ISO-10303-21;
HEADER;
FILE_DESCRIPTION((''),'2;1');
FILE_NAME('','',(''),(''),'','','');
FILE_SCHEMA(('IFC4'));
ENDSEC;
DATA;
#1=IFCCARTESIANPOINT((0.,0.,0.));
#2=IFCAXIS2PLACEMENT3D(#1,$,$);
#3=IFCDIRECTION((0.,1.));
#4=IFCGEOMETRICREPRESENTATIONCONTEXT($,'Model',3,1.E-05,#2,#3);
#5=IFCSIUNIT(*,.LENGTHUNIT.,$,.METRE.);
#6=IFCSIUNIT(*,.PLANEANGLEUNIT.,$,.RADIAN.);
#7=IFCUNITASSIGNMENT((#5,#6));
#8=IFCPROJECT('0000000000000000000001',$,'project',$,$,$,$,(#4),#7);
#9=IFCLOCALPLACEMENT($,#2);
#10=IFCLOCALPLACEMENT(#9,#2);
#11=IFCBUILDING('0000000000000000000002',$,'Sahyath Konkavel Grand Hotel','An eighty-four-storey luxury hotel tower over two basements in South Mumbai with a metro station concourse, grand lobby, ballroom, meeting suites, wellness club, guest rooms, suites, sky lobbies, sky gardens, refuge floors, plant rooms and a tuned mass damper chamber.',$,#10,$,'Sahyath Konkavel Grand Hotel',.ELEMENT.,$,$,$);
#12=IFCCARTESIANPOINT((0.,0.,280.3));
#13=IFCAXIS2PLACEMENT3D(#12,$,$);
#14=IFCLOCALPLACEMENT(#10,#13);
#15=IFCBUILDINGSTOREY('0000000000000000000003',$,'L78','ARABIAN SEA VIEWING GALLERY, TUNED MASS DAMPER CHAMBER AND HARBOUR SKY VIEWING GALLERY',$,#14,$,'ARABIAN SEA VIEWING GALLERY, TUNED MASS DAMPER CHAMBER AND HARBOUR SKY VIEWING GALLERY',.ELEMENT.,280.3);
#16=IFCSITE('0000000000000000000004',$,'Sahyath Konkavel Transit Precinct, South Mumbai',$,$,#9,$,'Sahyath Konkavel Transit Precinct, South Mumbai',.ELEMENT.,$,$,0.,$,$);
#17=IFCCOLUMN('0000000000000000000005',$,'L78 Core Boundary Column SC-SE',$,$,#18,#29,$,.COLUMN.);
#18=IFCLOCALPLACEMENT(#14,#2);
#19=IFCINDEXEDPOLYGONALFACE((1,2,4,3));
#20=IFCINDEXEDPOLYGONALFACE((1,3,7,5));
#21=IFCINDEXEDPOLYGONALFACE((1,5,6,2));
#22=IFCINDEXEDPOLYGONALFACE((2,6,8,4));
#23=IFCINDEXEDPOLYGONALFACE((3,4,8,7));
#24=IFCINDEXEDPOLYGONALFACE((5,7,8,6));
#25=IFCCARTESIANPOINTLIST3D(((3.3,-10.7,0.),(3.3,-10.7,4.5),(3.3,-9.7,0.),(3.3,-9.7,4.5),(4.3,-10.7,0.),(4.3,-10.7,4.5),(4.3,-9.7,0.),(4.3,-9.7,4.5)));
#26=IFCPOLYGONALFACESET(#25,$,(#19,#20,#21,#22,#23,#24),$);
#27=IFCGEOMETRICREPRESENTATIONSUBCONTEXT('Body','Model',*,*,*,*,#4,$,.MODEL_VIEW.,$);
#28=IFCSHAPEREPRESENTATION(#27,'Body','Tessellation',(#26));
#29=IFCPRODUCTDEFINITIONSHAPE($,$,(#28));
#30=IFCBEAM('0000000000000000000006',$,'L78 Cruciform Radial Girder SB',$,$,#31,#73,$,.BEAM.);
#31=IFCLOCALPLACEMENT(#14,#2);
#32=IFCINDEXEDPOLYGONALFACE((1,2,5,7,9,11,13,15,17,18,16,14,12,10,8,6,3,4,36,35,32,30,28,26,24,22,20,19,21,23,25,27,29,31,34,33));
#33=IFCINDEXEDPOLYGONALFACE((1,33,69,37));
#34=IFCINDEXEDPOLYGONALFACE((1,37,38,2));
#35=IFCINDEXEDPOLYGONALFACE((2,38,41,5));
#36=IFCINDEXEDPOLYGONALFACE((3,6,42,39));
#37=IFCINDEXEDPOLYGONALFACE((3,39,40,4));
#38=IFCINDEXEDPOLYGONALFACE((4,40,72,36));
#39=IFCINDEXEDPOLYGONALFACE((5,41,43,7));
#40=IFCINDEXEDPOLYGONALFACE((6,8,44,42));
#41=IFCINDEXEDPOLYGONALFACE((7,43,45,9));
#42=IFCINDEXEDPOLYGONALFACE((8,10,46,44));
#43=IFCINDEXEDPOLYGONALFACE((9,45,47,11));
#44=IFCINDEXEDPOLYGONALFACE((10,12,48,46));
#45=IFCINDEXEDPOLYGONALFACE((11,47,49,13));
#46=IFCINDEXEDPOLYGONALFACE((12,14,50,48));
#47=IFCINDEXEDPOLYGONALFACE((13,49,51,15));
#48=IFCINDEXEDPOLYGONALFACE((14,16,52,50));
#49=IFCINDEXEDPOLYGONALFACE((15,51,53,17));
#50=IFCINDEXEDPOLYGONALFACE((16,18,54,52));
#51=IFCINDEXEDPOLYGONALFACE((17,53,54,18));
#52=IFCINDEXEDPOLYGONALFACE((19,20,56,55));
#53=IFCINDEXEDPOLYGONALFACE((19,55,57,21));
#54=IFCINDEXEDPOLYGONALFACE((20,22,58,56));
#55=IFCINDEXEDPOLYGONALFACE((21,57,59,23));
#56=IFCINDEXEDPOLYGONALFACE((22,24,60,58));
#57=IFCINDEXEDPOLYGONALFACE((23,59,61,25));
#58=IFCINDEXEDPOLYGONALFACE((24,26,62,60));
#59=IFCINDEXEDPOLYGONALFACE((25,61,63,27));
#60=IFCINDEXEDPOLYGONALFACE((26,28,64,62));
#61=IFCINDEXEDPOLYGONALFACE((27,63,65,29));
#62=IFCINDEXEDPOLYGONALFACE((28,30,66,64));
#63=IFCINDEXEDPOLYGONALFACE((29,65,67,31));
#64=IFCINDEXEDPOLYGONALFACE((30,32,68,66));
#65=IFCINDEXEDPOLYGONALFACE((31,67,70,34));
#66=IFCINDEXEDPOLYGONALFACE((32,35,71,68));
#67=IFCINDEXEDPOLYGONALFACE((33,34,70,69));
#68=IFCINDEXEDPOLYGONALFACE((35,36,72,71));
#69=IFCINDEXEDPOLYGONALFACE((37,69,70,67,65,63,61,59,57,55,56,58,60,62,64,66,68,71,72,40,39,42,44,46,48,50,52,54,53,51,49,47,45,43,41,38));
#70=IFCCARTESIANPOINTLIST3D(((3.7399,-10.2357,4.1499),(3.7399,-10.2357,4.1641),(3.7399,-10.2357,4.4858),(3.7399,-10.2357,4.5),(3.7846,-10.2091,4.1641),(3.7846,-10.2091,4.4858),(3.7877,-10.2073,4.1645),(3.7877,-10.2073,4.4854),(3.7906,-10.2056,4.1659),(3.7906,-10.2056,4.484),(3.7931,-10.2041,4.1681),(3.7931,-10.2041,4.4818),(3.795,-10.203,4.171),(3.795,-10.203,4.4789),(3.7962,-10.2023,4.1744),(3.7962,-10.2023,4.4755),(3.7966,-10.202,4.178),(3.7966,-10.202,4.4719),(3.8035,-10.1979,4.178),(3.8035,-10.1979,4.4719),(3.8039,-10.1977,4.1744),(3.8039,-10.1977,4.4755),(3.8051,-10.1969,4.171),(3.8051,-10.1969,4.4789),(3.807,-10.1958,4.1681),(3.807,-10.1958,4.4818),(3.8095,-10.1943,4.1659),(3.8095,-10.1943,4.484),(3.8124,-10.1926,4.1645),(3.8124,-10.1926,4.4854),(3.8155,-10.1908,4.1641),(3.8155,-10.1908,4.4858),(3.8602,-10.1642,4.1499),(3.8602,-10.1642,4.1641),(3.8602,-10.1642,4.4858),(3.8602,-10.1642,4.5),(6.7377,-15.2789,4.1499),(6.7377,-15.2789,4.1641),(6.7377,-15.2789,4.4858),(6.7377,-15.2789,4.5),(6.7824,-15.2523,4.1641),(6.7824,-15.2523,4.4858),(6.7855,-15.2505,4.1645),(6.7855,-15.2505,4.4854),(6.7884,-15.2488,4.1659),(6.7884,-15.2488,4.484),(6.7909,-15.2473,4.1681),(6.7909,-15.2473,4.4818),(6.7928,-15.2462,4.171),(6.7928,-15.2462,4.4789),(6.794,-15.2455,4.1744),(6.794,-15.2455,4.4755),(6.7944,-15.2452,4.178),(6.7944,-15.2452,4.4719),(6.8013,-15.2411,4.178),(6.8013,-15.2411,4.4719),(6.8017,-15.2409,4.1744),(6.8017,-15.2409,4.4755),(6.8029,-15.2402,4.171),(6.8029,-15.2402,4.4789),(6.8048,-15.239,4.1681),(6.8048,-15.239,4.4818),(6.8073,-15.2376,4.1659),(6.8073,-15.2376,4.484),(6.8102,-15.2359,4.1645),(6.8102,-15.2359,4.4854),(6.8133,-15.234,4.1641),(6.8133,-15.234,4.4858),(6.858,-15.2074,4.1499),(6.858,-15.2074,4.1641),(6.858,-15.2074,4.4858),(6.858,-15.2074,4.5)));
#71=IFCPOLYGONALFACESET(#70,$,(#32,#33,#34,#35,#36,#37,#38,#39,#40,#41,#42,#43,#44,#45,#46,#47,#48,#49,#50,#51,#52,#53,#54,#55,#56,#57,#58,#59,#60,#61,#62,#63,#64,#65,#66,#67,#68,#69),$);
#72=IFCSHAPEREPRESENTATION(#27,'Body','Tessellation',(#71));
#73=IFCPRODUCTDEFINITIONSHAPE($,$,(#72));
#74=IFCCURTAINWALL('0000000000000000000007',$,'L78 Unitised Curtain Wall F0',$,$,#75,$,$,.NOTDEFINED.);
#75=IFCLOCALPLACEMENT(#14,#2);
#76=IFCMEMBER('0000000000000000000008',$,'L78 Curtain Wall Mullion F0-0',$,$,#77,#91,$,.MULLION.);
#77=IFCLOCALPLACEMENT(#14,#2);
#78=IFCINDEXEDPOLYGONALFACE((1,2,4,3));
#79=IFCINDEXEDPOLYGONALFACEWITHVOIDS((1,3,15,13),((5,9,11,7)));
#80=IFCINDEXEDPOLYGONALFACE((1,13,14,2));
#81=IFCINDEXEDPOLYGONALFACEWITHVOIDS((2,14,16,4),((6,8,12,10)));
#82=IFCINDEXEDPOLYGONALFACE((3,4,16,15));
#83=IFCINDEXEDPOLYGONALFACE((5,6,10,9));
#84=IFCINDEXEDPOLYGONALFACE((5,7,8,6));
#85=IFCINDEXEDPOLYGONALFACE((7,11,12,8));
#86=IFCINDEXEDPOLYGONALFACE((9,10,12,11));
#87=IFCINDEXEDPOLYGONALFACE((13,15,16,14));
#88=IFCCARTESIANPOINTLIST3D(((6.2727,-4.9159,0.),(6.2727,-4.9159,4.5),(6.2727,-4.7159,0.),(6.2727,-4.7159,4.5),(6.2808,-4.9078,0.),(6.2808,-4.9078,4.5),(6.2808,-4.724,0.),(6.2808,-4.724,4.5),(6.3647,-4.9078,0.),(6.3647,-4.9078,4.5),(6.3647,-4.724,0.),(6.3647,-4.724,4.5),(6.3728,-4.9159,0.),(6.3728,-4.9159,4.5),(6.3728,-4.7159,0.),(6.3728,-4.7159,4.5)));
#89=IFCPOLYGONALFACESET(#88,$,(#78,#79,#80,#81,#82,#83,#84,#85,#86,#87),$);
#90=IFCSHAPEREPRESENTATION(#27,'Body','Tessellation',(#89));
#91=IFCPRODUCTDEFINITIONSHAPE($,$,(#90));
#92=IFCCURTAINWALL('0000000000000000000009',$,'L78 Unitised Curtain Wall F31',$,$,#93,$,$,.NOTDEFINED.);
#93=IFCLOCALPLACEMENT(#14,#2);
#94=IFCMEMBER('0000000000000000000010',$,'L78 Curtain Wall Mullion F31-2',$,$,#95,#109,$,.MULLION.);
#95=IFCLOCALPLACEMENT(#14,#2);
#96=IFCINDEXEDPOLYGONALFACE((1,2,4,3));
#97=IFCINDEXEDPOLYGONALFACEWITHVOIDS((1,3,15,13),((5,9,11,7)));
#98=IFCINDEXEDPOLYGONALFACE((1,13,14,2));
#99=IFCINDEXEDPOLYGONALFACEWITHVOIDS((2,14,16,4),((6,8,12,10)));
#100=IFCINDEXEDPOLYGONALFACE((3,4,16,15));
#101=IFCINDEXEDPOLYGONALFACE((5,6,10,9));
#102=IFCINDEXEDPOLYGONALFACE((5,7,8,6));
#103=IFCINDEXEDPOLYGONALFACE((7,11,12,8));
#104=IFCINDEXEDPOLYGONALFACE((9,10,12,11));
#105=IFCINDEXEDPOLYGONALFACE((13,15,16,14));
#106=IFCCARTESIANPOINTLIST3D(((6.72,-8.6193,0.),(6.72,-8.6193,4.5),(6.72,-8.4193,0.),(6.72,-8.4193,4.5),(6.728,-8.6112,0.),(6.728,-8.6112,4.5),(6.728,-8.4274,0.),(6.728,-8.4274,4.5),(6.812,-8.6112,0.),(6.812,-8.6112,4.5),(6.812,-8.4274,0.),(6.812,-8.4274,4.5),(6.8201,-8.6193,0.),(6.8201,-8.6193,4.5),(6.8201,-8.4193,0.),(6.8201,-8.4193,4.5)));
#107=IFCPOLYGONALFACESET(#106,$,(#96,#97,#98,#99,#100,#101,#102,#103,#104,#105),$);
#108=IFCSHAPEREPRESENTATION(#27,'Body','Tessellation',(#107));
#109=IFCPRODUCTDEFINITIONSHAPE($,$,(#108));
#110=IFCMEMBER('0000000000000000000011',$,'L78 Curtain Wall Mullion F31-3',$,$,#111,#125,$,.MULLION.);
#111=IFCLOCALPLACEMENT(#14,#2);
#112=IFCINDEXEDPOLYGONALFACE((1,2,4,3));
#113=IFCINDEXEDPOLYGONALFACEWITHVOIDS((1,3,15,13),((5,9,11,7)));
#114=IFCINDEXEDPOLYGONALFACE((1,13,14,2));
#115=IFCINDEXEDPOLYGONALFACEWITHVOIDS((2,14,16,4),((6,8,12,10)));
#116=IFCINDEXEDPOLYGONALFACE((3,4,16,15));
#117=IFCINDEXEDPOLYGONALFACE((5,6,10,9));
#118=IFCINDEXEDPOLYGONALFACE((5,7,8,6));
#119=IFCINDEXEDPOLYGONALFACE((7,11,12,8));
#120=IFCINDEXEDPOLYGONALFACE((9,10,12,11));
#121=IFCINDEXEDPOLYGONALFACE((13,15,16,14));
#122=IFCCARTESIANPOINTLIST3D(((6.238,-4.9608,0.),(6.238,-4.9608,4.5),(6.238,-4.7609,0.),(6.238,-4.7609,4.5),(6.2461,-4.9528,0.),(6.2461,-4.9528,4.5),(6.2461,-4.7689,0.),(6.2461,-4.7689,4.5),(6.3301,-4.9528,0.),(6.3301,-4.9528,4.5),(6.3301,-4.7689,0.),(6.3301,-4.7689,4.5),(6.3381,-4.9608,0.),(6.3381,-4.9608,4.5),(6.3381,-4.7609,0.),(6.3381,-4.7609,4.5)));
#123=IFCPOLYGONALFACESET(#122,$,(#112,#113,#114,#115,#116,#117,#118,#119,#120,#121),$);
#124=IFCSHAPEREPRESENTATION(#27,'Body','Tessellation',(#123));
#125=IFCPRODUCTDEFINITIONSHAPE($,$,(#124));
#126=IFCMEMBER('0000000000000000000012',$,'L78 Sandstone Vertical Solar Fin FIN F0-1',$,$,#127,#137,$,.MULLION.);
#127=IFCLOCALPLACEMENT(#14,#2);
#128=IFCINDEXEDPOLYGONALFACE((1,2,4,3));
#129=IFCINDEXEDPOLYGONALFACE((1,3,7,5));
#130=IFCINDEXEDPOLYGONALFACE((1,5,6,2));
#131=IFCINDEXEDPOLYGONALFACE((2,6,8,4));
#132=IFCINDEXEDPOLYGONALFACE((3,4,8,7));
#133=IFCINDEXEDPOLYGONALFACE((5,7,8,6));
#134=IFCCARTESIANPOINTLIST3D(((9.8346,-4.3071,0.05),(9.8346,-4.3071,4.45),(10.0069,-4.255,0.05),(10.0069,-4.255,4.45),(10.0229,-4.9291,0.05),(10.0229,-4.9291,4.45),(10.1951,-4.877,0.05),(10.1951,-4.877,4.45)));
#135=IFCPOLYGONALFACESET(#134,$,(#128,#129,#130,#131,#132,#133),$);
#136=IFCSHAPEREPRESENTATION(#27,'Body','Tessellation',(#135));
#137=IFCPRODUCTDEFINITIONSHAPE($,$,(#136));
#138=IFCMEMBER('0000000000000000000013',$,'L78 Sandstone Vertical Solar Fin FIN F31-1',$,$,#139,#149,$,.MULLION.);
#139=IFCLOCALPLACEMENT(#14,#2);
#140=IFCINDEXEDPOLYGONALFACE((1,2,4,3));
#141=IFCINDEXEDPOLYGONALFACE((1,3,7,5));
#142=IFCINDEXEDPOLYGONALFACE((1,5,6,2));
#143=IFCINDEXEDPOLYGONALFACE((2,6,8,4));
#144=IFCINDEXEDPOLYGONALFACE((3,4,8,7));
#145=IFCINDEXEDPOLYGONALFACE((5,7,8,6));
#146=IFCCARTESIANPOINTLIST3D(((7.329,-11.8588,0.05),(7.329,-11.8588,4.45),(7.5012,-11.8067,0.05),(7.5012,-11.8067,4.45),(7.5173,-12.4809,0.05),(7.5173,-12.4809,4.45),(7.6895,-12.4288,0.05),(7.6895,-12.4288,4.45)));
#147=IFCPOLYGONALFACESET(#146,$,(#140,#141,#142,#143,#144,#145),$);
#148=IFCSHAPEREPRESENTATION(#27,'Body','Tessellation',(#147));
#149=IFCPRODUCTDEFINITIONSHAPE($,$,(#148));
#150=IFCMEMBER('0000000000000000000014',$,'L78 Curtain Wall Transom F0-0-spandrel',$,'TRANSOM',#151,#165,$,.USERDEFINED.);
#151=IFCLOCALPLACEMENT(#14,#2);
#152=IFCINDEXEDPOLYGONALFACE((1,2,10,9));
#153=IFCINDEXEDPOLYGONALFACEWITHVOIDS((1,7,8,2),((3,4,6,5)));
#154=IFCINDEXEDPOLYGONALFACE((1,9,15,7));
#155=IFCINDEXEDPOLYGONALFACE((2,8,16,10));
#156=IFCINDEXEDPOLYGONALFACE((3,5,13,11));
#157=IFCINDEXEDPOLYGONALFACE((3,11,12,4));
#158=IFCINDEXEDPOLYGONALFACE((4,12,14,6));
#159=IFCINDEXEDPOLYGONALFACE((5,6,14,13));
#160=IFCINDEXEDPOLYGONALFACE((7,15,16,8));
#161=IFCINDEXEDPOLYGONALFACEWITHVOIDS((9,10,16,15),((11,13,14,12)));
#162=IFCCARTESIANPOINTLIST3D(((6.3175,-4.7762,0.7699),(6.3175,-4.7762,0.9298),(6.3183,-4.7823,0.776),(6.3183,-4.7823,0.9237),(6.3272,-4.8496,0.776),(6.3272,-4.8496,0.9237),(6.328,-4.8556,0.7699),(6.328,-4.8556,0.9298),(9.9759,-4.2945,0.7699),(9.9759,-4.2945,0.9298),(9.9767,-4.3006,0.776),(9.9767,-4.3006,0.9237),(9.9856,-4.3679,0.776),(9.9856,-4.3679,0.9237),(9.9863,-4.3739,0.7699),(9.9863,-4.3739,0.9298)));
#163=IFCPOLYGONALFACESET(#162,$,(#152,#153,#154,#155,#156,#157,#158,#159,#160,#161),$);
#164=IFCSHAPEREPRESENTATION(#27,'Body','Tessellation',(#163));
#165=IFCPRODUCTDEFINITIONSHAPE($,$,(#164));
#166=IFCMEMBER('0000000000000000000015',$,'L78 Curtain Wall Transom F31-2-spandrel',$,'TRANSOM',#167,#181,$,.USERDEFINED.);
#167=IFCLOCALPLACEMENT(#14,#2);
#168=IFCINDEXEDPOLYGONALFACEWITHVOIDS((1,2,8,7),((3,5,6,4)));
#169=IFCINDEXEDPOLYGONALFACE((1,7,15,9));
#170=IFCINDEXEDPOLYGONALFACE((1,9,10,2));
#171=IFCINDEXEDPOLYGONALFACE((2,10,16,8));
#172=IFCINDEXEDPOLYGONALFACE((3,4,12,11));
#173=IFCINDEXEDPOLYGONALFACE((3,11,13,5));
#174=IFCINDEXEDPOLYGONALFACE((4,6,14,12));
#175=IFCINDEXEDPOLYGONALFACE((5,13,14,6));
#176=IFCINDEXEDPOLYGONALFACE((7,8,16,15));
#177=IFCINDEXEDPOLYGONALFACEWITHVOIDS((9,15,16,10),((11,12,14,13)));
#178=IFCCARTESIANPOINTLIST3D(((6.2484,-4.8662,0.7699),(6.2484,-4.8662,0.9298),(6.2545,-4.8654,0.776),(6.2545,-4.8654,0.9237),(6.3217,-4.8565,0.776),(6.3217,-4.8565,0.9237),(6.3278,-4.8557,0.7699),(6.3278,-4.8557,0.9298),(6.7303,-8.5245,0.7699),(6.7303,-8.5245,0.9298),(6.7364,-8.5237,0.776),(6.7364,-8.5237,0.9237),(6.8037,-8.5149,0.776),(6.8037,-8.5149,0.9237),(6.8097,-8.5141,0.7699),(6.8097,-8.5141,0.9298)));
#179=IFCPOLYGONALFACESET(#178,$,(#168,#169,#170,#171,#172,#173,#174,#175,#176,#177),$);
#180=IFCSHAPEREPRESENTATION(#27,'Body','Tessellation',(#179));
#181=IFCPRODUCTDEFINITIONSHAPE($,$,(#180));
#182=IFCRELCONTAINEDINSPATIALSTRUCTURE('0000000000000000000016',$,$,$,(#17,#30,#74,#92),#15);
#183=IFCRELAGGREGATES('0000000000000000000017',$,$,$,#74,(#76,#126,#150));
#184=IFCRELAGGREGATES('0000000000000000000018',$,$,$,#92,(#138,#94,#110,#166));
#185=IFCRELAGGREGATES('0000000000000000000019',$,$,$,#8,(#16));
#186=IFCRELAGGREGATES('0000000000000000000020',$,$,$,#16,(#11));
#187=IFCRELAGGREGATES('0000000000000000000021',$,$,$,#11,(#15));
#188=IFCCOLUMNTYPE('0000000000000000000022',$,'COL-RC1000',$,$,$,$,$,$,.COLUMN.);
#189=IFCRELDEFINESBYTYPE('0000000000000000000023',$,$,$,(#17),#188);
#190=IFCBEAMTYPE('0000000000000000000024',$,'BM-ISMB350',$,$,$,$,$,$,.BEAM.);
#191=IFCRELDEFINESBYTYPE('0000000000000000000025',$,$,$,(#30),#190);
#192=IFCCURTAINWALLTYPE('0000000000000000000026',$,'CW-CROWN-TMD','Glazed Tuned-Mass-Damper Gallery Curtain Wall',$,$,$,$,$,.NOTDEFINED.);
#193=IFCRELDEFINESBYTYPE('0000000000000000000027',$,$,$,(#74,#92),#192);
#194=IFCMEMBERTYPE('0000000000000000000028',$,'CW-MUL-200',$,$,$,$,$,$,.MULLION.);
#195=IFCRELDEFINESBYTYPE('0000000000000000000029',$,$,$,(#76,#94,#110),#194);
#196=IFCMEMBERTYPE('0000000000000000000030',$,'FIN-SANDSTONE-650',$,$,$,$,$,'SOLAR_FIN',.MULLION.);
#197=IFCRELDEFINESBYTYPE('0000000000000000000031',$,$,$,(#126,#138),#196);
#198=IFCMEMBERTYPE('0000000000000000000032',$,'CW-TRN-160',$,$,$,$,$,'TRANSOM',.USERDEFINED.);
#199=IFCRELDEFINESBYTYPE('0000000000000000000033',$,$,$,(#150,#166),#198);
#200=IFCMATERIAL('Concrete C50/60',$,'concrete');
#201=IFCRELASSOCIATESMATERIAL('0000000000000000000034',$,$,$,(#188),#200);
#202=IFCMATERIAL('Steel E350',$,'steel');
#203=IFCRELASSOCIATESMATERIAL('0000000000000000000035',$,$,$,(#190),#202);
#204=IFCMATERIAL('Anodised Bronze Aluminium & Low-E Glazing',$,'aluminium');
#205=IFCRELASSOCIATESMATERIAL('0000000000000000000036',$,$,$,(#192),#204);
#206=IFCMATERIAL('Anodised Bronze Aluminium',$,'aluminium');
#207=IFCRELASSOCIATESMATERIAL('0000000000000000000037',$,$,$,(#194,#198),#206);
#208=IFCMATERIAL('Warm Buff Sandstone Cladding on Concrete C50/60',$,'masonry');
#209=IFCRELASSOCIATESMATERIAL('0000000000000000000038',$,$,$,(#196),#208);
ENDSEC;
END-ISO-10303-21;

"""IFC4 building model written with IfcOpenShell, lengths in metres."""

from ifc_helpers import new_model, si_unit, direction, frame, origin, origin_2d, place, context, subcontext, project, spatial, rectangle, hollow_rectangle, i_section, extrude, source, transform, mapped, material, material_profile, profile_set, type_object, element, aggregate, save


model = new_model("IFC4")

# Units and contexts
model_context = context("Model", 3, precision=1e-05, world=origin(), true_north=direction((0.0, 1.0)))
body_context = subcontext(model_context, "Body", "Model", "MODEL_VIEW")
ifc_project = project(units=[si_unit("LENGTHUNIT", "METRE"), si_unit("PLANEANGLEUNIT", "RADIAN")], contexts=[model_context])

# Site, building, storey
site_placement = place(None, origin())
site = spatial("IfcSite", under=ifc_project, at=site_placement, Name="Sahyath Konkavel Transit Precinct, South Mumbai", LongName="Sahyath Konkavel Transit Precinct, South Mumbai", CompositionType="ELEMENT", RefElevation=0.0)
building_placement = place(site_placement, origin())
building = spatial("IfcBuilding", under=site, at=building_placement, Name="Sahyath Konkavel Grand Hotel", Description="An eighty-four-storey luxury hotel tower over two basements in South Mumbai with a metro station concourse, grand lobby, ballroom, meeting suites, wellness club, guest rooms, suites, sky lobbies, sky gardens, refuge floors, plant rooms and a tuned mass damper chamber.", LongName="Sahyath Konkavel Grand Hotel", CompositionType="ELEMENT")
storey_placement = place(building_placement, frame((0.0, 0.0, 280.3)))
storey = spatial("IfcBuildingStorey", under=building, at=storey_placement, Name="L78", Description="ARABIAN SEA VIEWING GALLERY, TUNED MASS DAMPER CHAMBER AND HARBOUR SKY VIEWING GALLERY", LongName="ARABIAN SEA VIEWING GALLERY, TUNED MASS DAMPER CHAMBER AND HARBOUR SKY VIEWING GALLERY", CompositionType="ELEMENT", Elevation=280.3)

# Column
ifc_material_1 = material(Name="Concrete C50/60", Category="concrete")
ifc_material_profile_1 = material_profile(ifc_material_1, rectangle(XDim=1.0, YDim=1.0, at=origin_2d()), Name="RC 1000x1000")
ifc_profile_set_1 = profile_set([ifc_material_profile_1], Name="Concrete C50/60")
column_type = type_object("IfcColumnType", Name="COL-RC1000", PredefinedType="COLUMN", material=ifc_profile_set_1)
shared_shape_1 = source(origin(), body_context, "Body", "SweptSolid", [
    extrude(rectangle(XDim=1.0, YDim=1.0, at=origin_2d()), origin(), (0.0, 0.0, 1.0), 4.5),
])
column_placement = place(storey_placement, frame((3.8, -10.2, 0.0), z_axis=(0.0, 0.0, 1.0), x_axis=(1.0, 0.0, 0.0)))
element("IfcColumn", 1, at=column_placement, inside=storey, type_object=column_type, Name="L78 Core Boundary Column SC-SE", PredefinedType="COLUMN", context=body_context, shape_type="MappedRepresentation", body=[
    mapped(shared_shape_1, transform((0.0, 0.0, 0.0), scale=1.0)),
])

# Beam
ifc_material_2 = material(Name="Steel E350", Category="steel")
ifc_material_profile_2 = material_profile(ifc_material_2, i_section(OverallWidth=0.1399, OverallDepth=0.3501, WebThickness=0.0081, FlangeThickness=0.0142, FilletRadius=0.0139, at=origin_2d()), Name="ISMB 350")
ifc_profile_set_2 = profile_set([ifc_material_profile_2], Name="Steel E350")
beam_type = type_object("IfcBeamType", Name="BM-ISMB350", PredefinedType="BEAM", material=ifc_profile_set_2)
shared_shape_2 = source(origin(), body_context, "Body", "SweptSolid", [
    extrude(i_section(OverallWidth=0.1399, OverallDepth=0.3501, WebThickness=0.0081, FlangeThickness=0.0142, FilletRadius=0.0139, at=origin_2d()), origin(), (0.0, 0.0, 1.0), 5.8669),
])
beam_placement = place(storey_placement, frame((3.8, -10.2, 4.325), z_axis=(0.510967, -0.859601, 0.0), x_axis=(0.859601, 0.510967, 0.0)))
element("IfcBeam", 2, at=beam_placement, inside=storey, type_object=beam_type, Name="L78 Cruciform Radial Girder SB", PredefinedType="BEAM", context=body_context, shape_type="MappedRepresentation", body=[
    mapped(shared_shape_2, transform((0.0, 0.0, 0.0), scale=1.0)),
])

# Curtain wall, member
ifc_material_3 = material(Name="Anodised Bronze Aluminium & Low-E Glazing", Category="aluminium")
curtain_wall_type = type_object("IfcCurtainWallType", Name="CW-CROWN-TMD", Description="Glazed Tuned-Mass-Damper Gallery Curtain Wall", PredefinedType="NOTDEFINED", material=ifc_material_3)
curtain_wall_1_placement = place(storey_placement, origin())
curtain_wall_1 = element("IfcCurtainWall", 3, at=curtain_wall_1_placement, inside=storey, type_object=curtain_wall_type, Name="L78 Unitised Curtain Wall F0", PredefinedType="NOTDEFINED")
ifc_material_4 = material(Name="Anodised Bronze Aluminium", Category="aluminium")
ifc_material_profile_3 = material_profile(ifc_material_4, hollow_rectangle(XDim=0.1001, YDim=0.2, WallThickness=0.0081, at=origin_2d()), Name="RHS 200x100x8")
ifc_profile_set_3 = profile_set([ifc_material_profile_3], Name="Anodised Bronze Aluminium")
member_type_1 = type_object("IfcMemberType", Name="CW-MUL-200", PredefinedType="MULLION", material=ifc_profile_set_3)
shared_shape_3 = source(origin(), body_context, "Body", "SweptSolid", [
    extrude(hollow_rectangle(XDim=0.1001, YDim=0.2, WallThickness=0.0081, at=origin_2d()), origin(), (0.0, 0.0, 1.0), 4.5),
])
member_1_placement = place(storey_placement, frame((6.3228, -4.8159, 0.0), z_axis=(0.0, 0.0, 1.0), x_axis=(1.0, 0.0, 0.0)))
member_1 = element("IfcMember", 4, at=member_1_placement, type_object=member_type_1, Name="L78 Curtain Wall Mullion F0-0", PredefinedType="MULLION", context=body_context, shape_type="MappedRepresentation", body=[
    mapped(shared_shape_3, transform((0.0, 0.0, 0.0), scale=1.0)),
])

# Curtain wall, members
curtain_wall_2_placement = place(storey_placement, origin())
curtain_wall_2 = element("IfcCurtainWall", 5, at=curtain_wall_2_placement, inside=storey, type_object=curtain_wall_type, Name="L78 Unitised Curtain Wall F31", PredefinedType="NOTDEFINED")
member_2_placement = place(storey_placement, frame((6.77, -8.5193, 0.0), z_axis=(0.0, 0.0, 1.0), x_axis=(1.0, 0.0, 0.0)))
member_2 = element("IfcMember", 6, at=member_2_placement, type_object=member_type_1, Name="L78 Curtain Wall Mullion F31-2", PredefinedType="MULLION", context=body_context, shape_type="MappedRepresentation", body=[
    mapped(shared_shape_3, transform((0.0, 0.0, 0.0), scale=1.0)),
])
member_3_placement = place(storey_placement, frame((6.2881, -4.8608, 0.0), z_axis=(0.0, 0.0, 1.0), x_axis=(1.0, 0.0, 0.0)))
member_3 = element("IfcMember", 7, at=member_3_placement, type_object=member_type_1, Name="L78 Curtain Wall Mullion F31-3", PredefinedType="MULLION", context=body_context, shape_type="MappedRepresentation", body=[
    mapped(shared_shape_3, transform((0.0, 0.0, 0.0), scale=1.0)),
])

# Members
ifc_material_5 = material(Name="Warm Buff Sandstone Cladding on Concrete C50/60", Category="masonry")
ifc_material_profile_4 = material_profile(ifc_material_5, rectangle(XDim=0.1799, YDim=0.6499, at=origin_2d()), Name="FIN 180x650")
ifc_profile_set_4 = profile_set([ifc_material_profile_4], Name="Warm Buff Sandstone Cladding on Concrete C50/60")
member_type_2 = type_object("IfcMemberType", Name="FIN-SANDSTONE-650", ElementType="SOLAR_FIN", PredefinedType="MULLION", material=ifc_profile_set_4)
shared_shape_4 = source(origin(), body_context, "Body", "SweptSolid", [
    extrude(rectangle(XDim=0.1799, YDim=0.6499, at=origin_2d()), origin(), (0.0, 0.0, 1.0), 4.3999),
])
member_4_placement = place(storey_placement, frame((10.0149, -4.592, 0.05), z_axis=(0.0, 0.0, 1.0), x_axis=(0.957117, 0.2897, 0.0)))
member_4 = element("IfcMember", 8, at=member_4_placement, type_object=member_type_2, Name="L78 Sandstone Vertical Solar Fin FIN F0-1", PredefinedType="MULLION", context=body_context, shape_type="MappedRepresentation", body=[
    mapped(shared_shape_4, transform((0.0, 0.0, 0.0), scale=1.0)),
])
member_5_placement = place(storey_placement, frame((7.5093, -12.1438, 0.05), z_axis=(0.0, 0.0, 1.0), x_axis=(0.957117, 0.2897, 0.0)))
member_5 = element("IfcMember", 9, at=member_5_placement, type_object=member_type_2, Name="L78 Sandstone Vertical Solar Fin FIN F31-1", PredefinedType="MULLION", context=body_context, shape_type="MappedRepresentation", body=[
    mapped(shared_shape_4, transform((0.0, 0.0, 0.0), scale=1.0)),
])
ifc_material_profile_5 = material_profile(ifc_material_4, hollow_rectangle(XDim=0.0801, YDim=0.1599, WallThickness=0.0061, at=origin_2d()), Name="RHS 160x80x6")
ifc_profile_set_5 = profile_set([ifc_material_profile_5], Name="Anodised Bronze Aluminium")
member_type_3 = type_object("IfcMemberType", Name="CW-TRN-160", ElementType="TRANSOM", PredefinedType="USERDEFINED", material=ifc_profile_set_5)
shared_shape_5 = source(origin(), body_context, "Body", "SweptSolid", [
    extrude(hollow_rectangle(XDim=0.0801, YDim=0.1599, WallThickness=0.0061, at=origin_2d()), origin(), (0.0, 0.0, 1.0), 3.6899),
])
member_6_placement = place(storey_placement, frame((6.3228, -4.8159, 0.8499), z_axis=(0.991443, 0.130538, 0.0), x_axis=(-0.130538, 0.991443, 0.0)))
member_6 = element("IfcMember", 10, at=member_6_placement, type_object=member_type_3, Name="L78 Curtain Wall Transom F0-0-spandrel", ObjectType="TRANSOM", PredefinedType="USERDEFINED", context=body_context, shape_type="MappedRepresentation", body=[
    mapped(shared_shape_5, transform((0.0, 0.0, 0.0), scale=1.0)),
])
aggregate(curtain_wall_1, [member_1, member_4, member_6])
member_7_placement = place(storey_placement, frame((6.77, -8.5193, 0.8499), z_axis=(-0.130603, 0.991435, 0.0), x_axis=(-0.991435, -0.130603, 0.0)))
member_7 = element("IfcMember", 11, at=member_7_placement, type_object=member_type_3, Name="L78 Curtain Wall Transom F31-2-spandrel", ObjectType="TRANSOM", PredefinedType="USERDEFINED", context=body_context, shape_type="MappedRepresentation", body=[
    mapped(shared_shape_5, transform((0.0, 0.0, 0.0), scale=1.0)),
])

aggregate(curtain_wall_2, [member_5, member_2, member_3, member_7])

save(model, "model.ifc")
